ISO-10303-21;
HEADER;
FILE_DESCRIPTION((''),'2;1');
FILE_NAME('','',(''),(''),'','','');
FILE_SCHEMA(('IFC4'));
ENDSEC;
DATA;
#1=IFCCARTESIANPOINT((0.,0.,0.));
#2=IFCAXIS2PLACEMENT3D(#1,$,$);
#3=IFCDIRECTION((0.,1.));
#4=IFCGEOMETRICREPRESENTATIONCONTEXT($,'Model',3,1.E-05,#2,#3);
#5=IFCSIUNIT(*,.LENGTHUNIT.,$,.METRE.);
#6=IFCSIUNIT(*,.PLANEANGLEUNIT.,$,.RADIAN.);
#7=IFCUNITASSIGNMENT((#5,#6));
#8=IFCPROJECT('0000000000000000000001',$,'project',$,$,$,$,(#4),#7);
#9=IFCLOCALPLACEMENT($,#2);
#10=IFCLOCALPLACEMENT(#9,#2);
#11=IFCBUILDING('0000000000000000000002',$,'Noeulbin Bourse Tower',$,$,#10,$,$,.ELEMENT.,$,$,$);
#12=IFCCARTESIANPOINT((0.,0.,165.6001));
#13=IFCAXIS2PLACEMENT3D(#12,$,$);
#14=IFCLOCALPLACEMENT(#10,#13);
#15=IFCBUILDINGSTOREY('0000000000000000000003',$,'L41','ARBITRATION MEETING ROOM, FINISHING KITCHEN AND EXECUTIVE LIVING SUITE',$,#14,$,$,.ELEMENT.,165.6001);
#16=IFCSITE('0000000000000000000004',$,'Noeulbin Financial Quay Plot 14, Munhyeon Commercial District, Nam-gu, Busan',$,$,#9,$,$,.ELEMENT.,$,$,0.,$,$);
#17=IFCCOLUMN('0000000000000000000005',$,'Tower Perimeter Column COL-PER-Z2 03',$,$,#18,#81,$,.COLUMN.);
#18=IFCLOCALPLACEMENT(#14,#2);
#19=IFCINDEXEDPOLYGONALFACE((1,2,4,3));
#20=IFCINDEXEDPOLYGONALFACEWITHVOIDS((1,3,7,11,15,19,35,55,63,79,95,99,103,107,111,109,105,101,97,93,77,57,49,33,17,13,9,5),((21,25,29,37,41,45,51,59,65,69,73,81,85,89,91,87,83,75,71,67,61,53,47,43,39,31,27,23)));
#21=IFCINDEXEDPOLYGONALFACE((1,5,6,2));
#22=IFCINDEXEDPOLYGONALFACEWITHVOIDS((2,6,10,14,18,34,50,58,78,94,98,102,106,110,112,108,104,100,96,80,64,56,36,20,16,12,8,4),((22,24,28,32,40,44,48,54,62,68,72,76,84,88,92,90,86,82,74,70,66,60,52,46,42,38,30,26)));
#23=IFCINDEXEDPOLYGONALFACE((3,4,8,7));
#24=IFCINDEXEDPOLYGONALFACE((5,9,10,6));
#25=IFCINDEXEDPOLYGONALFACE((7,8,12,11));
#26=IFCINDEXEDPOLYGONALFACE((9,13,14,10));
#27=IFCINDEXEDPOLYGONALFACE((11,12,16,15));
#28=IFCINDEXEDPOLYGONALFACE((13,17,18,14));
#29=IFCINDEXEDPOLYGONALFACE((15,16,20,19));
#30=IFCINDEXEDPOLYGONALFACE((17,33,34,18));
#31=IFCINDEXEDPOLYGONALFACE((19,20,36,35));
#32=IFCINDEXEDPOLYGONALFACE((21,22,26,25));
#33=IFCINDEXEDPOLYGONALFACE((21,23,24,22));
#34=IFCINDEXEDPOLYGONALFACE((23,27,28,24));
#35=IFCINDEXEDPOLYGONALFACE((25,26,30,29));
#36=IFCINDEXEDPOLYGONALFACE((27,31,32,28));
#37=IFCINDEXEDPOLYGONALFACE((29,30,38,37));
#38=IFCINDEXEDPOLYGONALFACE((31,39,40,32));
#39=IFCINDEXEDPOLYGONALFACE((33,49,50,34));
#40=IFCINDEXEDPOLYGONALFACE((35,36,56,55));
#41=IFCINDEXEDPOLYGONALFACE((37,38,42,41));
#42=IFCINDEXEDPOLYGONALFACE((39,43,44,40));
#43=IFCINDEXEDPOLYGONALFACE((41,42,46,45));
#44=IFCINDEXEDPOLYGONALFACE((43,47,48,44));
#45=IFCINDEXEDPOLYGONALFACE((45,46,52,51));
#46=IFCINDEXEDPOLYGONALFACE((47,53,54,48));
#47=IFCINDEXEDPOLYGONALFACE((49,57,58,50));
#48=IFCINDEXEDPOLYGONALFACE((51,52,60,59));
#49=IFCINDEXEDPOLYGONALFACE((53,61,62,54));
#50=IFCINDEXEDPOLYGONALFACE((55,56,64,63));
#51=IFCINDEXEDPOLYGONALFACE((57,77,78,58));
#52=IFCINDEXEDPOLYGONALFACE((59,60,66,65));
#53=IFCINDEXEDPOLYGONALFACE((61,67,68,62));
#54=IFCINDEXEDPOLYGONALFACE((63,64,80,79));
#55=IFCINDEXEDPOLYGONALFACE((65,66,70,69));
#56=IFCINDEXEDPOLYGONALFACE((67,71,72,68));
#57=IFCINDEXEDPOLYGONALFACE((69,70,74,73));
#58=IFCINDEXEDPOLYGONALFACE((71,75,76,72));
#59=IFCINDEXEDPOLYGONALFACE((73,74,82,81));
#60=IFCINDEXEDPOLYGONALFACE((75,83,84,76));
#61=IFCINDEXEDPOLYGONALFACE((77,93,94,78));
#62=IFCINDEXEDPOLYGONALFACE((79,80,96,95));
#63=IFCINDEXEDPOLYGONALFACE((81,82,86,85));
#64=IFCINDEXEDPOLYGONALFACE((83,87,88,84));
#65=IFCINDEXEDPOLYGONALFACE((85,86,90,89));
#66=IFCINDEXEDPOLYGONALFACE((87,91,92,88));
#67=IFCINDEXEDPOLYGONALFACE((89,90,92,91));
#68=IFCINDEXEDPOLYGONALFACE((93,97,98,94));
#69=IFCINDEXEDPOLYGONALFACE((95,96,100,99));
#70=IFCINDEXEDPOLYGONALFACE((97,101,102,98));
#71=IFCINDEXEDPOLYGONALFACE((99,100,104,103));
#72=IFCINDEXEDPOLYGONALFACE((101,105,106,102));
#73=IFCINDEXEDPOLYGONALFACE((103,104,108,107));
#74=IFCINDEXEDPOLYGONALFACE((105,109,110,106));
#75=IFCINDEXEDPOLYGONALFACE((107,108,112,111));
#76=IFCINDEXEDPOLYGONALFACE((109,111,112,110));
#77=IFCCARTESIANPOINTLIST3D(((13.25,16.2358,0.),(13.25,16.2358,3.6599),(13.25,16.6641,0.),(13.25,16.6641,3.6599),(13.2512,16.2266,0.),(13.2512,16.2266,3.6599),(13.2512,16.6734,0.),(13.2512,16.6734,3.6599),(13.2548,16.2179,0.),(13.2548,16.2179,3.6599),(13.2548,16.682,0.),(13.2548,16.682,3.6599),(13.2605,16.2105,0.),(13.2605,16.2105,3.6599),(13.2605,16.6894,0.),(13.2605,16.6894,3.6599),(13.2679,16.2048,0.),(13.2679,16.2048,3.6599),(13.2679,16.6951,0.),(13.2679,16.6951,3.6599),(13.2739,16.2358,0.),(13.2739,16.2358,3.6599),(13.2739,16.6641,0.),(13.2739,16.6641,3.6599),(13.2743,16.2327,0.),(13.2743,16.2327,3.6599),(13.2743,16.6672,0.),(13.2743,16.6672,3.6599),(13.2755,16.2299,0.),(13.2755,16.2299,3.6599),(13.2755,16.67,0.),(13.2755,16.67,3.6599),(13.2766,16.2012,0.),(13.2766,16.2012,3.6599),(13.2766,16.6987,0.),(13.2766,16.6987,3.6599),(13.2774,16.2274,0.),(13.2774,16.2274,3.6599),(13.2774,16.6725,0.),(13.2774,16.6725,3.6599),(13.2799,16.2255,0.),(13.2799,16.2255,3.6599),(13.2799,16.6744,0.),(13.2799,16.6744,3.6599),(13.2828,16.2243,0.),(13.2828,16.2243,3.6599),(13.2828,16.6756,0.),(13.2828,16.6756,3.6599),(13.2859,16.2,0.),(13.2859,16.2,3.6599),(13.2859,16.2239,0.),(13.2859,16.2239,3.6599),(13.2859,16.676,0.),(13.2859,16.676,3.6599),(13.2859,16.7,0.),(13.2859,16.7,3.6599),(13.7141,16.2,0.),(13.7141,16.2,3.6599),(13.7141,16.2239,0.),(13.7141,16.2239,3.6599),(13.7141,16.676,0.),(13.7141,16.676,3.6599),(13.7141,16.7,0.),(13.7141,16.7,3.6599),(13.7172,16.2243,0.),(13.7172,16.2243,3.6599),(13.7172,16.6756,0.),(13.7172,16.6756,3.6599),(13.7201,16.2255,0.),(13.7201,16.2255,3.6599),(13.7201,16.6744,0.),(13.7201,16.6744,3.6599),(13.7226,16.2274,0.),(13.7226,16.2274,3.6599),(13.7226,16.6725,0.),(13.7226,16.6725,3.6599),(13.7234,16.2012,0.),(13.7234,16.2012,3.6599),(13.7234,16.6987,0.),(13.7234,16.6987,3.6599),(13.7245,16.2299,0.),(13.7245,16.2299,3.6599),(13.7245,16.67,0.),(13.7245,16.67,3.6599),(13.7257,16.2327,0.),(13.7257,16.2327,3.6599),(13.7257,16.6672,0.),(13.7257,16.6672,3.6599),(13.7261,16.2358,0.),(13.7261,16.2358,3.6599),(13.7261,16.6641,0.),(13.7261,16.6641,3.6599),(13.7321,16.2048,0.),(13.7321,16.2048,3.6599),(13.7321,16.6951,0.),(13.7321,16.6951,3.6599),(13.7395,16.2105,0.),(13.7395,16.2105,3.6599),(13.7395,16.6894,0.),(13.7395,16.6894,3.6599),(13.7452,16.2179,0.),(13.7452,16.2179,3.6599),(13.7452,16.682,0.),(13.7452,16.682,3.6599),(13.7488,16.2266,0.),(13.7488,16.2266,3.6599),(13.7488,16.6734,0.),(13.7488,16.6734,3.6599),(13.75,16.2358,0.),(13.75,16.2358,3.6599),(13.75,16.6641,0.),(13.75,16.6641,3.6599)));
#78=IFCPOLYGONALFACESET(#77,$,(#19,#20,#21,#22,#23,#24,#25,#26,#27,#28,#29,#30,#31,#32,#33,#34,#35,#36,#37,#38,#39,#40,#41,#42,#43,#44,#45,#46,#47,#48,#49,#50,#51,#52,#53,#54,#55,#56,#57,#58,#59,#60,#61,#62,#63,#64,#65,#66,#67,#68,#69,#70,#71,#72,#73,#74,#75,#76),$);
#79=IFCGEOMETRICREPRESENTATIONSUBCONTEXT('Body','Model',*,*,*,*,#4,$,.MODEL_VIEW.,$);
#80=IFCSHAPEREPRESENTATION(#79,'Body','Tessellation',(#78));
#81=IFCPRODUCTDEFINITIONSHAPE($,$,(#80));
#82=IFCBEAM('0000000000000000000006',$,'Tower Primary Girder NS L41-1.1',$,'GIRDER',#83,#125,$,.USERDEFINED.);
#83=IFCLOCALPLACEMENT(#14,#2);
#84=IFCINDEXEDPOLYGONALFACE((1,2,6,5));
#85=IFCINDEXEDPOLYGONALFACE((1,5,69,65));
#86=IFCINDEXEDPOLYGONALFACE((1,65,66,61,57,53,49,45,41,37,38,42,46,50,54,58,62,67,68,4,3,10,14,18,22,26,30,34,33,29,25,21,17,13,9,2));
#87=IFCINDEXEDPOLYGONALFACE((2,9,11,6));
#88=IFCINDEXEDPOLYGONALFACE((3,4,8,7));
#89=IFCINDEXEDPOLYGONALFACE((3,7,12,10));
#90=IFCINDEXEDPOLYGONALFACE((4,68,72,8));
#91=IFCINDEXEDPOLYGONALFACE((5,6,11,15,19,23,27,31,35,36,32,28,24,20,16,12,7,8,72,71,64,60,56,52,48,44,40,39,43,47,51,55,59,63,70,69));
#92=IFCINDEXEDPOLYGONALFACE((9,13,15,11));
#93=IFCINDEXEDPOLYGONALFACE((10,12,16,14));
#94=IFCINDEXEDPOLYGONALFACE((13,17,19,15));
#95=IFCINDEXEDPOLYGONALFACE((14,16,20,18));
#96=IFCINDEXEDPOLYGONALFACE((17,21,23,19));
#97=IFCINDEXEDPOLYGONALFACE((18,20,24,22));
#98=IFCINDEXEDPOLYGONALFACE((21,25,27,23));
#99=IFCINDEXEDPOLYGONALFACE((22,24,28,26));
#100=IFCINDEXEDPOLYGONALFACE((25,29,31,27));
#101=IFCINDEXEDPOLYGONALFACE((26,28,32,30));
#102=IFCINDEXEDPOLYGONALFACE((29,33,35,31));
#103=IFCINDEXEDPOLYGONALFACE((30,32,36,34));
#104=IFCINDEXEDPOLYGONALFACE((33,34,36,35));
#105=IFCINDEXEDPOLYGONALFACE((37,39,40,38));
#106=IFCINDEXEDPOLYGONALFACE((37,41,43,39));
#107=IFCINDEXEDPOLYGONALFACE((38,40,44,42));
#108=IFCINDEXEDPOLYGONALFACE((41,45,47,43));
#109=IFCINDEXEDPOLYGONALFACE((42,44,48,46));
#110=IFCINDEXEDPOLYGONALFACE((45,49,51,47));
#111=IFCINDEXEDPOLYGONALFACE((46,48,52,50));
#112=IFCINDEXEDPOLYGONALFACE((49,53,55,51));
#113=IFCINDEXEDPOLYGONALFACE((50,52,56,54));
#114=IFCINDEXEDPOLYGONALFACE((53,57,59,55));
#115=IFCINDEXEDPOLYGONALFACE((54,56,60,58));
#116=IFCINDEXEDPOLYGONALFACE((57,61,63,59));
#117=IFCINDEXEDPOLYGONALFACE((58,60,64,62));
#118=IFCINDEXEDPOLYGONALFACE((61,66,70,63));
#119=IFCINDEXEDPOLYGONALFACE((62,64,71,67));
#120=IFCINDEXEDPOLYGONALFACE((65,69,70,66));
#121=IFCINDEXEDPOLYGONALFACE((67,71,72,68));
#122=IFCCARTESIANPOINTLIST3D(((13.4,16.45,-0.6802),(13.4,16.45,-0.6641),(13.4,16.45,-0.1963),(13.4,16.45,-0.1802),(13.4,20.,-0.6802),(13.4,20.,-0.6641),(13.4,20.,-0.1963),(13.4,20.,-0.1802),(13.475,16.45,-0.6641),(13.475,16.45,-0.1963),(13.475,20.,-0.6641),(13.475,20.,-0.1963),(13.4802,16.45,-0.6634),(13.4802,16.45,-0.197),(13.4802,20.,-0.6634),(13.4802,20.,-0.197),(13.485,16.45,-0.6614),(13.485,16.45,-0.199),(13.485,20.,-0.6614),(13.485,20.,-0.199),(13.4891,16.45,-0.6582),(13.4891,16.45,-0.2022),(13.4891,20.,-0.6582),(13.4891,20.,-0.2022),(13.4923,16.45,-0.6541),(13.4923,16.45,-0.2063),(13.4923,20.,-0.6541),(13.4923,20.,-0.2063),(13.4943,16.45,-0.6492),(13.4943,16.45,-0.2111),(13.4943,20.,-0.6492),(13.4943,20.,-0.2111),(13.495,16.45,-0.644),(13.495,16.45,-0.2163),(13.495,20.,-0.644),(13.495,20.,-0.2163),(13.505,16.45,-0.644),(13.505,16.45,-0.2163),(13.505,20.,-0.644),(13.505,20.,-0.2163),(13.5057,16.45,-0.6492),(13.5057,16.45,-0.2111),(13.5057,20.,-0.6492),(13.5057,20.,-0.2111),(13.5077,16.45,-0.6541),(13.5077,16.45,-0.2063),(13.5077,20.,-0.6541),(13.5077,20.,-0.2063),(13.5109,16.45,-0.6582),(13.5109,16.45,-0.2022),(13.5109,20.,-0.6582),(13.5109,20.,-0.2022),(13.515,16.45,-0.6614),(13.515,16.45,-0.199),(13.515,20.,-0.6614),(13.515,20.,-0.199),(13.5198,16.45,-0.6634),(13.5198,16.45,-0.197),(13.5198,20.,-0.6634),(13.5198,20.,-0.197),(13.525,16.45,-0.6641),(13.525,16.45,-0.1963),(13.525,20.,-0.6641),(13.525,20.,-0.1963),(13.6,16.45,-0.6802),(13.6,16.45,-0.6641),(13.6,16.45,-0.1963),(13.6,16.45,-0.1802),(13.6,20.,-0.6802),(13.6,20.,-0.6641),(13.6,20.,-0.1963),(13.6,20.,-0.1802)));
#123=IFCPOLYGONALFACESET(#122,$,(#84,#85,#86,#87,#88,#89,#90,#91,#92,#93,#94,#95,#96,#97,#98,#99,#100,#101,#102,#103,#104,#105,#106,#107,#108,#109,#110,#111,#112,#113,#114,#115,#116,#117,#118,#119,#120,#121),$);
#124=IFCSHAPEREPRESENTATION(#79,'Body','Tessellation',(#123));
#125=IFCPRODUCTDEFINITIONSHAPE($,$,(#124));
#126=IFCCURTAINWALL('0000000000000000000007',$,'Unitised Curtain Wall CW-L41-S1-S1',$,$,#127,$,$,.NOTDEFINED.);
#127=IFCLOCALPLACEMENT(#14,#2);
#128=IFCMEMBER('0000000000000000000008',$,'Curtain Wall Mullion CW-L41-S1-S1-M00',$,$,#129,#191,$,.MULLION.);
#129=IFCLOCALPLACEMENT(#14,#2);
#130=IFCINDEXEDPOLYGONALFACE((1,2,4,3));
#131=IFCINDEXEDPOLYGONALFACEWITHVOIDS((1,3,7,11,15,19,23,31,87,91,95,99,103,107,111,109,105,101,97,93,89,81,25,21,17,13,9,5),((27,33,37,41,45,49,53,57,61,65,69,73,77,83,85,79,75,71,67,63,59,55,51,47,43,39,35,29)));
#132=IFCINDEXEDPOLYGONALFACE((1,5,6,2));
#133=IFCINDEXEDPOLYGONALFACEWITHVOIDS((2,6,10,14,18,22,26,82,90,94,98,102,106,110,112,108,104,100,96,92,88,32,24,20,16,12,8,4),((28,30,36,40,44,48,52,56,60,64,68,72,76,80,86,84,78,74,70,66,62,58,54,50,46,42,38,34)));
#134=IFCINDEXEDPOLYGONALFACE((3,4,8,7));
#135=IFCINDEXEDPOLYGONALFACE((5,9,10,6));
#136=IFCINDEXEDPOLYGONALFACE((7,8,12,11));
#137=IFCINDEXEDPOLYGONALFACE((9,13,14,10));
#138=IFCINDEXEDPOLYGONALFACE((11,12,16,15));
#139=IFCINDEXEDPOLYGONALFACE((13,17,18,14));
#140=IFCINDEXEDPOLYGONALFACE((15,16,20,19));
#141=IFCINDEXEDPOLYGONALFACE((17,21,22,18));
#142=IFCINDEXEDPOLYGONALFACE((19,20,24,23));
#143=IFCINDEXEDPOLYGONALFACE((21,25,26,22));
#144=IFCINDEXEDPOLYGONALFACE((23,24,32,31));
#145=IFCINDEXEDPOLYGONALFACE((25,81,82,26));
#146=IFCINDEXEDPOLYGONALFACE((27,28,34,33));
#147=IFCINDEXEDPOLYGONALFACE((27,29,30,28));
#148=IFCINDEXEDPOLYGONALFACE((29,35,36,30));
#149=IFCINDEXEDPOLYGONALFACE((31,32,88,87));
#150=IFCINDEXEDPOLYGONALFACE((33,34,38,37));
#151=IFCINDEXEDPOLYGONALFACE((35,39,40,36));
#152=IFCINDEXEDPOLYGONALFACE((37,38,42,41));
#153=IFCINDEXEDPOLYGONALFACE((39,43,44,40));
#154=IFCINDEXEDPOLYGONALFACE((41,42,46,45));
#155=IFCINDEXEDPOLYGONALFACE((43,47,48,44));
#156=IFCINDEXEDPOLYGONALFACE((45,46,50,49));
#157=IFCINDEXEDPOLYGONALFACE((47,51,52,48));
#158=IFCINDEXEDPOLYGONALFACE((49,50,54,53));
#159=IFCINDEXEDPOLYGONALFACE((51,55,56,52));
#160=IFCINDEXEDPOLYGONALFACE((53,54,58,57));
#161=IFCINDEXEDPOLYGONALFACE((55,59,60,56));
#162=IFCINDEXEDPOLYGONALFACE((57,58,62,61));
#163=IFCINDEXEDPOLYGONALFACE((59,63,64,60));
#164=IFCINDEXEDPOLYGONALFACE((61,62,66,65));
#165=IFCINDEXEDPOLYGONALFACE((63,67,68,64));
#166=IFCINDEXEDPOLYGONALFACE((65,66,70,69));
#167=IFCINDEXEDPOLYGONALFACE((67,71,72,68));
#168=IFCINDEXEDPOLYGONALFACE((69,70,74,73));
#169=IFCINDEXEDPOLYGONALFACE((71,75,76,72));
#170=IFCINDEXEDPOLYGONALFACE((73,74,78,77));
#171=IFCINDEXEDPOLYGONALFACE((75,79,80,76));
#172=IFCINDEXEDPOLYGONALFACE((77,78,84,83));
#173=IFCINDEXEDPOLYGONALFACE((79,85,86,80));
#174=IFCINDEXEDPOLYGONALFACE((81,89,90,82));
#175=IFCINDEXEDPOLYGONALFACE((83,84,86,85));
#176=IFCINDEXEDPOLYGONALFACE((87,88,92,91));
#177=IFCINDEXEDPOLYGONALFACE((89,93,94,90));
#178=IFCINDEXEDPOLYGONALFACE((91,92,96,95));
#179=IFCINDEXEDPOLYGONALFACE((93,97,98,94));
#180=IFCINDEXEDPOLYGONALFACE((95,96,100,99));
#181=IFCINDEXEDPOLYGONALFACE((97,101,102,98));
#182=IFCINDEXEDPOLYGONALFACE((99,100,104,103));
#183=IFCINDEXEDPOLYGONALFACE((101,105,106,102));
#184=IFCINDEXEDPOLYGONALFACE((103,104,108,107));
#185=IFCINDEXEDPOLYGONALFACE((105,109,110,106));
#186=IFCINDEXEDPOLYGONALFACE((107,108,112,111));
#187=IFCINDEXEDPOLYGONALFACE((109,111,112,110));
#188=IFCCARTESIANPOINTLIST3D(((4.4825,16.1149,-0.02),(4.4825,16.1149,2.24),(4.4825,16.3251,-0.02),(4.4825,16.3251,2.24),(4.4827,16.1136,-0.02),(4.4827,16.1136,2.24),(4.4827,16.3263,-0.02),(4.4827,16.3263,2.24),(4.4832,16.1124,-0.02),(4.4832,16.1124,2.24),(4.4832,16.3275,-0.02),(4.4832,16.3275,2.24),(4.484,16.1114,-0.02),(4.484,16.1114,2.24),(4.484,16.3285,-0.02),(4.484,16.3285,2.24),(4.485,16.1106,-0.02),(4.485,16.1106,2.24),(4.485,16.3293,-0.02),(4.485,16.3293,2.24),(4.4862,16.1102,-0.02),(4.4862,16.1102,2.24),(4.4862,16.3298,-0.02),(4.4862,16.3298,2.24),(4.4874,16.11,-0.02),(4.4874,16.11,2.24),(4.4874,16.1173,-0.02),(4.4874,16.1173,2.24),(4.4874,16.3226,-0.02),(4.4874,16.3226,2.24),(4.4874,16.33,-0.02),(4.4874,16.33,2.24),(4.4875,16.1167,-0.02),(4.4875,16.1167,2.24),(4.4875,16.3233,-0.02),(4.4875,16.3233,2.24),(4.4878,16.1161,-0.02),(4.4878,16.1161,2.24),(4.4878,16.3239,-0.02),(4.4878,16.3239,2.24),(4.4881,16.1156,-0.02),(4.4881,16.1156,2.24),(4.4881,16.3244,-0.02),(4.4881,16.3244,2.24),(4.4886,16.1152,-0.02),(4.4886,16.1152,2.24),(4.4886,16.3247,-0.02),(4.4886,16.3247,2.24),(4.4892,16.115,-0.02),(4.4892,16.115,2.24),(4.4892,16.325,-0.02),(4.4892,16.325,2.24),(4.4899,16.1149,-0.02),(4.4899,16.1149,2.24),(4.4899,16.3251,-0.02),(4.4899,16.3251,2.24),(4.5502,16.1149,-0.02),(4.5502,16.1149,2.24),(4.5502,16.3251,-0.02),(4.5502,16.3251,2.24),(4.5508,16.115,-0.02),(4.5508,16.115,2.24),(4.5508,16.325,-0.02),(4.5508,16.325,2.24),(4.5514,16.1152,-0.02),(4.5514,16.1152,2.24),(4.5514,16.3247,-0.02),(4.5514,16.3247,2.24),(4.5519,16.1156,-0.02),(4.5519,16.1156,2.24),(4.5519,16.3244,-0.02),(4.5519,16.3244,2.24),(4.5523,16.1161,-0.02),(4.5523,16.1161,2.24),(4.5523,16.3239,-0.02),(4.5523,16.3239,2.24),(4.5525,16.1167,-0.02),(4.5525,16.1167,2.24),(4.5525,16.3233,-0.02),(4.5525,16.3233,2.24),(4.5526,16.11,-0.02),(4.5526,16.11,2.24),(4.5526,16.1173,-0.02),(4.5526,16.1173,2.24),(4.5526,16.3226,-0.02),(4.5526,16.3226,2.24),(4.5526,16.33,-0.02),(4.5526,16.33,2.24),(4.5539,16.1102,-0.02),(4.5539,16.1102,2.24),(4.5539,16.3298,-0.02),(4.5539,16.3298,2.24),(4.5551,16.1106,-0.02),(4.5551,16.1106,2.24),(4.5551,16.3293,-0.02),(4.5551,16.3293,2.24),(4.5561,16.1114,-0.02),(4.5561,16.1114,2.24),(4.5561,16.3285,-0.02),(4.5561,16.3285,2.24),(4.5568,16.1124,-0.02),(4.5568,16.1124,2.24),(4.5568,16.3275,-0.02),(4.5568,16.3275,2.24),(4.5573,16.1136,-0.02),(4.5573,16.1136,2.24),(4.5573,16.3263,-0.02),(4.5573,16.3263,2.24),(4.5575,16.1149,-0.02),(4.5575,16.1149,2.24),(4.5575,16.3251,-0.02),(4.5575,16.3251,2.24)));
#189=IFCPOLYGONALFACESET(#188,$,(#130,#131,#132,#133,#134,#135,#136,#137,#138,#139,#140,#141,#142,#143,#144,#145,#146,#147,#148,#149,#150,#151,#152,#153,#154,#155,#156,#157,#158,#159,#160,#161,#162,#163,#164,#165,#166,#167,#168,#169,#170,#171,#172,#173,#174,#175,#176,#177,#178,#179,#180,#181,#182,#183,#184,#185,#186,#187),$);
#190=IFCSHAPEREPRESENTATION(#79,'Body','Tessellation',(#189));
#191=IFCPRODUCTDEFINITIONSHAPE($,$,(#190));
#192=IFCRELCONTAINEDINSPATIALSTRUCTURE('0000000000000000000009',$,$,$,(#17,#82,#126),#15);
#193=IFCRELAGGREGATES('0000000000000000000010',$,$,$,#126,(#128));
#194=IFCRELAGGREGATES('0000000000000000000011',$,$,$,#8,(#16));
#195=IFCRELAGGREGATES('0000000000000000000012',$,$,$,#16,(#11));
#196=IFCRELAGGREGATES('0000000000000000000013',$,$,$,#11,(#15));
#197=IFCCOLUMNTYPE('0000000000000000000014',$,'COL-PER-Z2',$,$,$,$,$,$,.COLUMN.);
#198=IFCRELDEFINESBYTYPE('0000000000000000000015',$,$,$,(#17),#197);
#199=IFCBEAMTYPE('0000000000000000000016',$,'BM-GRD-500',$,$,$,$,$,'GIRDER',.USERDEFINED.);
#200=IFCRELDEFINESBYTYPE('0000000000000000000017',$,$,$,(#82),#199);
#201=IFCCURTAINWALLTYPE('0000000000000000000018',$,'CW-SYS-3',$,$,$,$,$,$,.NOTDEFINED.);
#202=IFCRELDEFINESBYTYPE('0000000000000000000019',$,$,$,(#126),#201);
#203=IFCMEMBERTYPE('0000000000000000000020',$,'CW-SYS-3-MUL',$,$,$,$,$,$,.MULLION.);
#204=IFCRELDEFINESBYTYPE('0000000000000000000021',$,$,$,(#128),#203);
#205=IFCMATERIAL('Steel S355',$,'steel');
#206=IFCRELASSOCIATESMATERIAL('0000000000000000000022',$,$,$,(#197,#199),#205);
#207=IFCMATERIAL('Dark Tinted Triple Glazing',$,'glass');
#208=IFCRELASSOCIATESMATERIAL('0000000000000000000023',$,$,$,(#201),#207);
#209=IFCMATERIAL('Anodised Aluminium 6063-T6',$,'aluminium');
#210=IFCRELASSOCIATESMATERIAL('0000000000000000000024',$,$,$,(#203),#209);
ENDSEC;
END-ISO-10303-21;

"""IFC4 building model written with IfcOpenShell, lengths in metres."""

from ifc_helpers import new_model, si_unit, direction, frame, origin, origin_2d, place, context, subcontext, project, spatial, hollow_rectangle, i_section, extrude, material, material_profile, profile_set, type_object, element, aggregate, save


model = new_model("IFC4")

# Units and contexts
model_context = context("Model", 3, precision=1e-05, world=origin(), true_north=direction((0.0, 1.0)))
body_context = subcontext(model_context, "Body", "Model", "MODEL_VIEW")
ifc_project = project(units=[si_unit("LENGTHUNIT", "METRE"), si_unit("PLANEANGLEUNIT", "RADIAN")], contexts=[model_context])

# Site, building, storey
site_placement = place(None, origin())
site = spatial("IfcSite", under=ifc_project, at=site_placement, Name="Noeulbin Financial Quay Plot 14, Munhyeon Commercial District, Nam-gu, Busan", CompositionType="ELEMENT", RefElevation=0.0)
building_placement = place(site_placement, origin())
building = spatial("IfcBuilding", under=site, at=building_placement, Name="Noeulbin Bourse Tower", CompositionType="ELEMENT")
storey_placement = place(building_placement, frame((0.0, 0.0, 165.6001)))
storey = spatial("IfcBuildingStorey", under=building, at=storey_placement, Name="L41", Description="ARBITRATION MEETING ROOM, FINISHING KITCHEN AND EXECUTIVE LIVING SUITE", CompositionType="ELEMENT", Elevation=165.6001)

# Column
ifc_material_1 = material(Name="Steel S355", Category="steel")
ifc_material_profile_1 = material_profile(ifc_material_1, hollow_rectangle(XDim=0.5, YDim=0.5, WallThickness=0.0239, InnerFilletRadius=0.012, OuterFilletRadius=0.0359, at=origin_2d()), Name="BOX-500x500x24", Category="LoadBearing")
ifc_profile_set_1 = profile_set([ifc_material_profile_1], Name="Steel S355")
column_type = type_object("IfcColumnType", Name="COL-PER-Z2", PredefinedType="COLUMN", material=ifc_profile_set_1)
column_placement = place(storey_placement, frame((13.5, 16.45, 0.0), z_axis=(0.0, 0.0, 1.0), x_axis=(1.0, 0.0, 0.0)))
element("IfcColumn", 1, at=column_placement, inside=storey, type_object=column_type, Name="Tower Perimeter Column COL-PER-Z2 03", PredefinedType="COLUMN", context=body_context, shape_type="SweptSolid", body=[
    extrude(hollow_rectangle(XDim=0.5, YDim=0.5, WallThickness=0.0239, InnerFilletRadius=0.012, OuterFilletRadius=0.0359, at=origin_2d()), origin(), (0.0, 0.0, 1.0), 3.6599),
])

# Beam
ifc_material_profile_2 = material_profile(ifc_material_1, i_section(OverallWidth=0.2, OverallDepth=0.5, WebThickness=0.01, FlangeThickness=0.0161, FilletRadius=0.02, at=origin_2d()), Name="H-500x200x10x16", Category="LoadBearing")
ifc_profile_set_2 = profile_set([ifc_material_profile_2], Name="Steel S355")
beam_type = type_object("IfcBeamType", Name="BM-GRD-500", ElementType="GIRDER", PredefinedType="USERDEFINED", material=ifc_profile_set_2)
beam_placement = place(storey_placement, frame((13.5, 16.45, -0.4302), z_axis=(0.0, 1.0, 0.0), x_axis=(-1.0, 0.0, 0.0)))
element("IfcBeam", 2, at=beam_placement, inside=storey, type_object=beam_type, Name="Tower Primary Girder NS L41-1.1", ObjectType="GIRDER", PredefinedType="USERDEFINED", context=body_context, shape_type="SweptSolid", body=[
    extrude(i_section(OverallWidth=0.2, OverallDepth=0.5, WebThickness=0.01, FlangeThickness=0.0161, FilletRadius=0.02, at=origin_2d()), origin(), (0.0, 0.0, 1.0), 3.55),
])

# Curtain wall, member
ifc_material_2 = material(Name="Dark Tinted Triple Glazing", Category="glass")
curtain_wall_type = type_object("IfcCurtainWallType", Name="CW-SYS-3", PredefinedType="NOTDEFINED", material=ifc_material_2)
curtain_wall_1_placement = place(storey_placement, origin())
curtain_wall_1 = element("IfcCurtainWall", 3, at=curtain_wall_1_placement, inside=storey, type_object=curtain_wall_type, Name="Unitised Curtain Wall CW-L41-S1-S1", PredefinedType="NOTDEFINED")
ifc_material_3 = material(Name="Anodised Aluminium 6063-T6", Category="aluminium")
ifc_material_profile_3 = material_profile(ifc_material_3, hollow_rectangle(XDim=0.075, YDim=0.22, WallThickness=0.0049, InnerFilletRadius=0.0024, OuterFilletRadius=0.0049, at=origin_2d()), Name="ALU-MULL-75x220x5", Category="LoadBearing")
ifc_profile_set_3 = profile_set([ifc_material_profile_3], Name="Anodised Aluminium 6063-T6")
member_type_1 = type_object("IfcMemberType", Name="CW-SYS-3-MUL", PredefinedType="MULLION", material=ifc_profile_set_3)
member_1_placement = place(storey_placement, frame((4.52, 16.22, -0.02), z_axis=(0.0, 0.0, 1.0), x_axis=(1.0, 0.0, 0.0)))
member_1 = element("IfcMember", 4, at=member_1_placement, type_object=member_type_1, Name="Curtain Wall Mullion CW-L41-S1-S1-M00", PredefinedType="MULLION", context=body_context, shape_type="SweptSolid", body=[
    extrude(hollow_rectangle(XDim=0.075, YDim=0.22, WallThickness=0.0049, InnerFilletRadius=0.0024, OuterFilletRadius=0.0049, at=origin_2d()), origin(), (0.0, 0.0, 1.0), 2.26),
])

aggregate(curtain_wall_1, [member_1])

save(model, "model.ifc")
